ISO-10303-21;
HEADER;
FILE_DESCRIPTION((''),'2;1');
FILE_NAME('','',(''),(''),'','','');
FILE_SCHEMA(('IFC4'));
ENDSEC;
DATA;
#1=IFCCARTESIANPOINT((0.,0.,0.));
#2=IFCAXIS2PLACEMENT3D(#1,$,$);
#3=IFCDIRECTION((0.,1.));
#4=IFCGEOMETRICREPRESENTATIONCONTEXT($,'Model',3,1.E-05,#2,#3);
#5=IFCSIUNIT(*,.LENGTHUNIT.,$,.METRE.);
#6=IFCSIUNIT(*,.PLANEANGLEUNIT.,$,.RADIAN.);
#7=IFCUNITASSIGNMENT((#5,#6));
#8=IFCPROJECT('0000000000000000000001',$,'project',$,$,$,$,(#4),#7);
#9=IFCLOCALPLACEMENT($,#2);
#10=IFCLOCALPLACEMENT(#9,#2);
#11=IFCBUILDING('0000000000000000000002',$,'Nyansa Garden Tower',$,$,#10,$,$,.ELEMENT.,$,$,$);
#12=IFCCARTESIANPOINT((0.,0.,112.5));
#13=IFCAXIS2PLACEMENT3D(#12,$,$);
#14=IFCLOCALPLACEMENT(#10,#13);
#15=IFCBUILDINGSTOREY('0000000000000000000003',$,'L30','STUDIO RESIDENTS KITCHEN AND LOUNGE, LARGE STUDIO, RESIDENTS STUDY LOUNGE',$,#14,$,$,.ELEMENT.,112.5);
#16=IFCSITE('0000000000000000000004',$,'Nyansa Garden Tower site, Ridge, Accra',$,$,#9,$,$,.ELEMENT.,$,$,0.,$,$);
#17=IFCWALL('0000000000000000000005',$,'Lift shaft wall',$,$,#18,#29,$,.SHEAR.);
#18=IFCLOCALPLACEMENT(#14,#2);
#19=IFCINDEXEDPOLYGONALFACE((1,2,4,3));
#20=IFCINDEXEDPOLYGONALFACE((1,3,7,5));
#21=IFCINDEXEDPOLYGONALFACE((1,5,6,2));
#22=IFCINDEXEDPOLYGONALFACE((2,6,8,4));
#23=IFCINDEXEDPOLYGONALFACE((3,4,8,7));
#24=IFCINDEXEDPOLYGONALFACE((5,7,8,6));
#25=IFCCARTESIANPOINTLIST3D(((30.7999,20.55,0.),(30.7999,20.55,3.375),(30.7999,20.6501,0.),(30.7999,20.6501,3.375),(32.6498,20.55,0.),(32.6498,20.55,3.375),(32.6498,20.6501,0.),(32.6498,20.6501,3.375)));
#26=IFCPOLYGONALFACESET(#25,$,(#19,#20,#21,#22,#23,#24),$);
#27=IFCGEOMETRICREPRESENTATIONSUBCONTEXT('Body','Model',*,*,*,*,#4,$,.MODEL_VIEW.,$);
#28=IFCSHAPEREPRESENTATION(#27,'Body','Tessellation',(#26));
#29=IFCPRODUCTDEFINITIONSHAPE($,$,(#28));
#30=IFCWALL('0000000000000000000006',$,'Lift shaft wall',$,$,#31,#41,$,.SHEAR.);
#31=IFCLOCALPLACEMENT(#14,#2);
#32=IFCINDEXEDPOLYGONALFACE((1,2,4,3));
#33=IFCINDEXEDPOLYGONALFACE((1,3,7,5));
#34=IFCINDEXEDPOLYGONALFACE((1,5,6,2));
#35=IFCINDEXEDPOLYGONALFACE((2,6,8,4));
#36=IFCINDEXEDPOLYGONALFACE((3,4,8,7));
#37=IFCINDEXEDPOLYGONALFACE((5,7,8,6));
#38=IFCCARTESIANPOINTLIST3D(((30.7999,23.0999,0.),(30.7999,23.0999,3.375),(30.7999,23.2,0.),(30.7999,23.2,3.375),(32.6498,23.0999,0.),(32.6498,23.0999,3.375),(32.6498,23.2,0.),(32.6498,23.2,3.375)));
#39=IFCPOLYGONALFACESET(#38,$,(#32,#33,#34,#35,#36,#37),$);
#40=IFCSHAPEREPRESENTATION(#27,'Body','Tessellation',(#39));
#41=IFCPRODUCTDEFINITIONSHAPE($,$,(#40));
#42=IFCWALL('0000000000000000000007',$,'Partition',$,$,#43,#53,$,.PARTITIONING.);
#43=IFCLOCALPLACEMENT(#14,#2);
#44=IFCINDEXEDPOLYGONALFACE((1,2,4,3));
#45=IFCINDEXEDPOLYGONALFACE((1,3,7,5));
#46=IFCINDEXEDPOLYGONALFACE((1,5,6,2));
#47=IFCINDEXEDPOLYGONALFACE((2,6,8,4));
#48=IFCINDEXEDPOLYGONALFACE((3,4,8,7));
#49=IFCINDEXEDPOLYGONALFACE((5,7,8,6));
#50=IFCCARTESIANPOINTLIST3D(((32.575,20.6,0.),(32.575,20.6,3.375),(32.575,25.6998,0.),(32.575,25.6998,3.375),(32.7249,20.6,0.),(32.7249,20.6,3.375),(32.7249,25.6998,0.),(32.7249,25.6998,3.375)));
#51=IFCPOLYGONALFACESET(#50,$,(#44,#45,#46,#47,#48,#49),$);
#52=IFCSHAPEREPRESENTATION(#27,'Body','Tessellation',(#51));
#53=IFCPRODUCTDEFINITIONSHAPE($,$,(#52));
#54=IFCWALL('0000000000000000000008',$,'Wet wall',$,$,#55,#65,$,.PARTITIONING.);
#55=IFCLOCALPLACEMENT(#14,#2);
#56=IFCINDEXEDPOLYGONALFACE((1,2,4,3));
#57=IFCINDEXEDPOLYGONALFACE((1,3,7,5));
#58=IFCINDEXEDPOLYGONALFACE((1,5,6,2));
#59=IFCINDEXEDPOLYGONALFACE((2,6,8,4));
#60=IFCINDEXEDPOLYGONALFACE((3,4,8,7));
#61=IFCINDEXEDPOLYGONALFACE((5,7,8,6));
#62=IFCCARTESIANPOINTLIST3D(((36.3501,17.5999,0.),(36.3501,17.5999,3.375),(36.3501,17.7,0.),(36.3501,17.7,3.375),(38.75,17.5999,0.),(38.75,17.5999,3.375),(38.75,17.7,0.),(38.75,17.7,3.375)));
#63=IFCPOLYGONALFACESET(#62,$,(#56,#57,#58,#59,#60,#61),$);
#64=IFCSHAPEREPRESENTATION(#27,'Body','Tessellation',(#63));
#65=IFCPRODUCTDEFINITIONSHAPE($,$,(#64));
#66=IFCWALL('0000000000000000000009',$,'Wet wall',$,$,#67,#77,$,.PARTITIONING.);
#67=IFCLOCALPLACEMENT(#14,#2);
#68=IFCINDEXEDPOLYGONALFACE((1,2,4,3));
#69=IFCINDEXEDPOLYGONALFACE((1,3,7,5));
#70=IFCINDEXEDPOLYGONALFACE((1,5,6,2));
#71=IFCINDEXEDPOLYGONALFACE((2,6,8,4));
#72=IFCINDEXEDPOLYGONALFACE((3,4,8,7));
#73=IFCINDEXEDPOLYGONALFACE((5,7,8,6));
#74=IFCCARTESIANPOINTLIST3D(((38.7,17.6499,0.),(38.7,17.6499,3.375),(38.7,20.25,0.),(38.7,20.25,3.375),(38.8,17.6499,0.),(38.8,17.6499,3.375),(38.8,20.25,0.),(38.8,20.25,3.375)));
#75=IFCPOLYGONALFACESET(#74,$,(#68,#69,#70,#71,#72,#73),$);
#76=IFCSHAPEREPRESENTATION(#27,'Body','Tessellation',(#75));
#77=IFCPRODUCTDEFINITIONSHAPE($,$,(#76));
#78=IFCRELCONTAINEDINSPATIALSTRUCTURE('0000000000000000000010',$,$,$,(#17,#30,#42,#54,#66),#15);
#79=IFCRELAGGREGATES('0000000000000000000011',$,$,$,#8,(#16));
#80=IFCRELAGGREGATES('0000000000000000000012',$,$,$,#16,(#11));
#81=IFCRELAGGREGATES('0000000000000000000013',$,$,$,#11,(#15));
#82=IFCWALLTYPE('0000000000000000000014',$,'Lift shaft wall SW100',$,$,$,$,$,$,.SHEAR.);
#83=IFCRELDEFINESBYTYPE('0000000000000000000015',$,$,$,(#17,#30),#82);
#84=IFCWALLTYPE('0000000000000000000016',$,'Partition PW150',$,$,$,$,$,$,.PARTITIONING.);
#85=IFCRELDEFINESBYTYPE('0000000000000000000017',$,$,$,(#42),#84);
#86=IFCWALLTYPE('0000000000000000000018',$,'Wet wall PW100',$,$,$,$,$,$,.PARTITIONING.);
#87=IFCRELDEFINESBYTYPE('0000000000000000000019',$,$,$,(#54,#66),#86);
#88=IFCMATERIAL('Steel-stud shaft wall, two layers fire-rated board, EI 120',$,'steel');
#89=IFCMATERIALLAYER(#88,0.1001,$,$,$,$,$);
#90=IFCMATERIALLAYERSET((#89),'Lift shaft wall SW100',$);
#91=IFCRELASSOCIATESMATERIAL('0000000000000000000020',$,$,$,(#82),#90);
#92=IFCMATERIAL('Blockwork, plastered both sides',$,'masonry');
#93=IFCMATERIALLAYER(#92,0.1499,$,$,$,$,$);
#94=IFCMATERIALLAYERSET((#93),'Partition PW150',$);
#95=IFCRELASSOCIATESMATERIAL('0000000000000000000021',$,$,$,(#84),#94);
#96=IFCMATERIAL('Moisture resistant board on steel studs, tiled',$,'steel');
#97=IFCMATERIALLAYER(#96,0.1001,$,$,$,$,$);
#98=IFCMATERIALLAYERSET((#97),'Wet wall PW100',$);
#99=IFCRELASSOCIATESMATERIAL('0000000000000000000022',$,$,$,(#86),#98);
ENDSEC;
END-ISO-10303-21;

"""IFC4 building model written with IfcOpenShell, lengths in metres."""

from ifc_helpers import new_model, si_unit, direction, frame, frame_2d, origin, place, context, subcontext, project, spatial, rectangle, extrude, material, layer, layer_set, type_object, element, save


model = new_model("IFC4")

# Units and contexts
model_context = context("Model", 3, precision=1e-05, world=origin(), true_north=direction((0.0, 1.0)))
body_context = subcontext(model_context, "Body", "Model", "MODEL_VIEW")
ifc_project = project(units=[si_unit("LENGTHUNIT", "METRE"), si_unit("PLANEANGLEUNIT", "RADIAN")], contexts=[model_context])

# Site, building, storey
site_placement = place(None, origin())
site = spatial("IfcSite", under=ifc_project, at=site_placement, Name="Nyansa Garden Tower site, Ridge, Accra", CompositionType="ELEMENT", RefElevation=0.0)
building_placement = place(site_placement, origin())
building = spatial("IfcBuilding", under=site, at=building_placement, Name="Nyansa Garden Tower", CompositionType="ELEMENT")
storey_placement = place(building_placement, frame((0.0, 0.0, 112.5)))
storey = spatial("IfcBuildingStorey", under=building, at=storey_placement, Name="L30", Description="STUDIO RESIDENTS KITCHEN AND LOUNGE, LARGE STUDIO, RESIDENTS STUDY LOUNGE", CompositionType="ELEMENT", Elevation=112.5)

# Walls
ifc_material_1 = material(Name="Steel-stud shaft wall, two layers fire-rated board, EI 120", Category="steel")
ifc_layer_1 = layer(ifc_material_1, 0.1001)
ifc_layer_set_1 = layer_set([ifc_layer_1], Name="Lift shaft wall SW100")
wall_type_1 = type_object("IfcWallType", Name="Lift shaft wall SW100", PredefinedType="SHEAR", material=ifc_layer_set_1)
for number, where, z_axis, x_axis, name in (
    (1, (30.8, 20.6001, 0.0), (0.0, 0.0, 1.0), (1.0, 0.0, 0.0), "Lift shaft wall"),
    (2, (30.8, 23.1499, 0.0), (0.0, 0.0, 1.0), (1.0, 0.0, 0.0), "Lift shaft wall"),
):
    element("IfcWall", number, at=place(storey_placement, frame(where, z_axis=z_axis, x_axis=x_axis)), inside=storey, type_object=wall_type_1, Name=name, PredefinedType="SHEAR", context=body_context, shape_type="SweptSolid", body=[
        extrude(rectangle(XDim=1.8499, YDim=0.1001, at=frame_2d((0.9248, 0.0))), origin(), (0.0, 0.0, 1.0), 3.375),
    ])
ifc_material_2 = material(Name="Blockwork, plastered both sides", Category="masonry")
ifc_layer_2 = layer(ifc_material_2, 0.1499)
ifc_layer_set_2 = layer_set([ifc_layer_2], Name="Partition PW150")
wall_type_2 = type_object("IfcWallType", Name="Partition PW150", PredefinedType="PARTITIONING", material=ifc_layer_set_2)
wall_1_placement = place(storey_placement, frame((32.6499, 20.6001, 0.0), z_axis=(0.0, 0.0, 1.0), x_axis=(0.0, 1.0, 0.0)))
element("IfcWall", 3, at=wall_1_placement, inside=storey, type_object=wall_type_2, Name="Partition", PredefinedType="PARTITIONING", context=body_context, shape_type="SweptSolid", body=[
    extrude(rectangle(XDim=5.0999, YDim=0.1499, at=frame_2d((2.5498, 0.0))), origin(), (0.0, 0.0, 1.0), 3.375),
])
ifc_material_3 = material(Name="Moisture resistant board on steel studs, tiled", Category="steel")
ifc_layer_3 = layer(ifc_material_3, 0.1001)
ifc_layer_set_3 = layer_set([ifc_layer_3], Name="Wet wall PW100")
wall_type_3 = type_object("IfcWallType", Name="Wet wall PW100", PredefinedType="PARTITIONING", material=ifc_layer_set_3)
wall_2_placement = place(storey_placement, frame((36.3501, 17.6499, 0.0), z_axis=(0.0, 0.0, 1.0), x_axis=(1.0, 0.0, 0.0)))
element("IfcWall", 4, at=wall_2_placement, inside=storey, type_object=wall_type_3, Name="Wet wall", PredefinedType="PARTITIONING", context=body_context, shape_type="SweptSolid", body=[
    extrude(rectangle(XDim=2.3999, YDim=0.1001, at=frame_2d((1.2, 0.0))), origin(), (0.0, 0.0, 1.0), 3.375),
])
wall_3_placement = place(storey_placement, frame((38.75, 17.6499, 0.0), z_axis=(0.0, 0.0, 1.0), x_axis=(0.0, 1.0, 0.0)))
element("IfcWall", 5, at=wall_3_placement, inside=storey, type_object=wall_type_3, Name="Wet wall", PredefinedType="PARTITIONING", context=body_context, shape_type="SweptSolid", body=[
    extrude(rectangle(XDim=2.6001, YDim=0.1001, at=frame_2d((1.3, 0.0))), origin(), (0.0, 0.0, 1.0), 3.375),
])

save(model, "model.ifc")
